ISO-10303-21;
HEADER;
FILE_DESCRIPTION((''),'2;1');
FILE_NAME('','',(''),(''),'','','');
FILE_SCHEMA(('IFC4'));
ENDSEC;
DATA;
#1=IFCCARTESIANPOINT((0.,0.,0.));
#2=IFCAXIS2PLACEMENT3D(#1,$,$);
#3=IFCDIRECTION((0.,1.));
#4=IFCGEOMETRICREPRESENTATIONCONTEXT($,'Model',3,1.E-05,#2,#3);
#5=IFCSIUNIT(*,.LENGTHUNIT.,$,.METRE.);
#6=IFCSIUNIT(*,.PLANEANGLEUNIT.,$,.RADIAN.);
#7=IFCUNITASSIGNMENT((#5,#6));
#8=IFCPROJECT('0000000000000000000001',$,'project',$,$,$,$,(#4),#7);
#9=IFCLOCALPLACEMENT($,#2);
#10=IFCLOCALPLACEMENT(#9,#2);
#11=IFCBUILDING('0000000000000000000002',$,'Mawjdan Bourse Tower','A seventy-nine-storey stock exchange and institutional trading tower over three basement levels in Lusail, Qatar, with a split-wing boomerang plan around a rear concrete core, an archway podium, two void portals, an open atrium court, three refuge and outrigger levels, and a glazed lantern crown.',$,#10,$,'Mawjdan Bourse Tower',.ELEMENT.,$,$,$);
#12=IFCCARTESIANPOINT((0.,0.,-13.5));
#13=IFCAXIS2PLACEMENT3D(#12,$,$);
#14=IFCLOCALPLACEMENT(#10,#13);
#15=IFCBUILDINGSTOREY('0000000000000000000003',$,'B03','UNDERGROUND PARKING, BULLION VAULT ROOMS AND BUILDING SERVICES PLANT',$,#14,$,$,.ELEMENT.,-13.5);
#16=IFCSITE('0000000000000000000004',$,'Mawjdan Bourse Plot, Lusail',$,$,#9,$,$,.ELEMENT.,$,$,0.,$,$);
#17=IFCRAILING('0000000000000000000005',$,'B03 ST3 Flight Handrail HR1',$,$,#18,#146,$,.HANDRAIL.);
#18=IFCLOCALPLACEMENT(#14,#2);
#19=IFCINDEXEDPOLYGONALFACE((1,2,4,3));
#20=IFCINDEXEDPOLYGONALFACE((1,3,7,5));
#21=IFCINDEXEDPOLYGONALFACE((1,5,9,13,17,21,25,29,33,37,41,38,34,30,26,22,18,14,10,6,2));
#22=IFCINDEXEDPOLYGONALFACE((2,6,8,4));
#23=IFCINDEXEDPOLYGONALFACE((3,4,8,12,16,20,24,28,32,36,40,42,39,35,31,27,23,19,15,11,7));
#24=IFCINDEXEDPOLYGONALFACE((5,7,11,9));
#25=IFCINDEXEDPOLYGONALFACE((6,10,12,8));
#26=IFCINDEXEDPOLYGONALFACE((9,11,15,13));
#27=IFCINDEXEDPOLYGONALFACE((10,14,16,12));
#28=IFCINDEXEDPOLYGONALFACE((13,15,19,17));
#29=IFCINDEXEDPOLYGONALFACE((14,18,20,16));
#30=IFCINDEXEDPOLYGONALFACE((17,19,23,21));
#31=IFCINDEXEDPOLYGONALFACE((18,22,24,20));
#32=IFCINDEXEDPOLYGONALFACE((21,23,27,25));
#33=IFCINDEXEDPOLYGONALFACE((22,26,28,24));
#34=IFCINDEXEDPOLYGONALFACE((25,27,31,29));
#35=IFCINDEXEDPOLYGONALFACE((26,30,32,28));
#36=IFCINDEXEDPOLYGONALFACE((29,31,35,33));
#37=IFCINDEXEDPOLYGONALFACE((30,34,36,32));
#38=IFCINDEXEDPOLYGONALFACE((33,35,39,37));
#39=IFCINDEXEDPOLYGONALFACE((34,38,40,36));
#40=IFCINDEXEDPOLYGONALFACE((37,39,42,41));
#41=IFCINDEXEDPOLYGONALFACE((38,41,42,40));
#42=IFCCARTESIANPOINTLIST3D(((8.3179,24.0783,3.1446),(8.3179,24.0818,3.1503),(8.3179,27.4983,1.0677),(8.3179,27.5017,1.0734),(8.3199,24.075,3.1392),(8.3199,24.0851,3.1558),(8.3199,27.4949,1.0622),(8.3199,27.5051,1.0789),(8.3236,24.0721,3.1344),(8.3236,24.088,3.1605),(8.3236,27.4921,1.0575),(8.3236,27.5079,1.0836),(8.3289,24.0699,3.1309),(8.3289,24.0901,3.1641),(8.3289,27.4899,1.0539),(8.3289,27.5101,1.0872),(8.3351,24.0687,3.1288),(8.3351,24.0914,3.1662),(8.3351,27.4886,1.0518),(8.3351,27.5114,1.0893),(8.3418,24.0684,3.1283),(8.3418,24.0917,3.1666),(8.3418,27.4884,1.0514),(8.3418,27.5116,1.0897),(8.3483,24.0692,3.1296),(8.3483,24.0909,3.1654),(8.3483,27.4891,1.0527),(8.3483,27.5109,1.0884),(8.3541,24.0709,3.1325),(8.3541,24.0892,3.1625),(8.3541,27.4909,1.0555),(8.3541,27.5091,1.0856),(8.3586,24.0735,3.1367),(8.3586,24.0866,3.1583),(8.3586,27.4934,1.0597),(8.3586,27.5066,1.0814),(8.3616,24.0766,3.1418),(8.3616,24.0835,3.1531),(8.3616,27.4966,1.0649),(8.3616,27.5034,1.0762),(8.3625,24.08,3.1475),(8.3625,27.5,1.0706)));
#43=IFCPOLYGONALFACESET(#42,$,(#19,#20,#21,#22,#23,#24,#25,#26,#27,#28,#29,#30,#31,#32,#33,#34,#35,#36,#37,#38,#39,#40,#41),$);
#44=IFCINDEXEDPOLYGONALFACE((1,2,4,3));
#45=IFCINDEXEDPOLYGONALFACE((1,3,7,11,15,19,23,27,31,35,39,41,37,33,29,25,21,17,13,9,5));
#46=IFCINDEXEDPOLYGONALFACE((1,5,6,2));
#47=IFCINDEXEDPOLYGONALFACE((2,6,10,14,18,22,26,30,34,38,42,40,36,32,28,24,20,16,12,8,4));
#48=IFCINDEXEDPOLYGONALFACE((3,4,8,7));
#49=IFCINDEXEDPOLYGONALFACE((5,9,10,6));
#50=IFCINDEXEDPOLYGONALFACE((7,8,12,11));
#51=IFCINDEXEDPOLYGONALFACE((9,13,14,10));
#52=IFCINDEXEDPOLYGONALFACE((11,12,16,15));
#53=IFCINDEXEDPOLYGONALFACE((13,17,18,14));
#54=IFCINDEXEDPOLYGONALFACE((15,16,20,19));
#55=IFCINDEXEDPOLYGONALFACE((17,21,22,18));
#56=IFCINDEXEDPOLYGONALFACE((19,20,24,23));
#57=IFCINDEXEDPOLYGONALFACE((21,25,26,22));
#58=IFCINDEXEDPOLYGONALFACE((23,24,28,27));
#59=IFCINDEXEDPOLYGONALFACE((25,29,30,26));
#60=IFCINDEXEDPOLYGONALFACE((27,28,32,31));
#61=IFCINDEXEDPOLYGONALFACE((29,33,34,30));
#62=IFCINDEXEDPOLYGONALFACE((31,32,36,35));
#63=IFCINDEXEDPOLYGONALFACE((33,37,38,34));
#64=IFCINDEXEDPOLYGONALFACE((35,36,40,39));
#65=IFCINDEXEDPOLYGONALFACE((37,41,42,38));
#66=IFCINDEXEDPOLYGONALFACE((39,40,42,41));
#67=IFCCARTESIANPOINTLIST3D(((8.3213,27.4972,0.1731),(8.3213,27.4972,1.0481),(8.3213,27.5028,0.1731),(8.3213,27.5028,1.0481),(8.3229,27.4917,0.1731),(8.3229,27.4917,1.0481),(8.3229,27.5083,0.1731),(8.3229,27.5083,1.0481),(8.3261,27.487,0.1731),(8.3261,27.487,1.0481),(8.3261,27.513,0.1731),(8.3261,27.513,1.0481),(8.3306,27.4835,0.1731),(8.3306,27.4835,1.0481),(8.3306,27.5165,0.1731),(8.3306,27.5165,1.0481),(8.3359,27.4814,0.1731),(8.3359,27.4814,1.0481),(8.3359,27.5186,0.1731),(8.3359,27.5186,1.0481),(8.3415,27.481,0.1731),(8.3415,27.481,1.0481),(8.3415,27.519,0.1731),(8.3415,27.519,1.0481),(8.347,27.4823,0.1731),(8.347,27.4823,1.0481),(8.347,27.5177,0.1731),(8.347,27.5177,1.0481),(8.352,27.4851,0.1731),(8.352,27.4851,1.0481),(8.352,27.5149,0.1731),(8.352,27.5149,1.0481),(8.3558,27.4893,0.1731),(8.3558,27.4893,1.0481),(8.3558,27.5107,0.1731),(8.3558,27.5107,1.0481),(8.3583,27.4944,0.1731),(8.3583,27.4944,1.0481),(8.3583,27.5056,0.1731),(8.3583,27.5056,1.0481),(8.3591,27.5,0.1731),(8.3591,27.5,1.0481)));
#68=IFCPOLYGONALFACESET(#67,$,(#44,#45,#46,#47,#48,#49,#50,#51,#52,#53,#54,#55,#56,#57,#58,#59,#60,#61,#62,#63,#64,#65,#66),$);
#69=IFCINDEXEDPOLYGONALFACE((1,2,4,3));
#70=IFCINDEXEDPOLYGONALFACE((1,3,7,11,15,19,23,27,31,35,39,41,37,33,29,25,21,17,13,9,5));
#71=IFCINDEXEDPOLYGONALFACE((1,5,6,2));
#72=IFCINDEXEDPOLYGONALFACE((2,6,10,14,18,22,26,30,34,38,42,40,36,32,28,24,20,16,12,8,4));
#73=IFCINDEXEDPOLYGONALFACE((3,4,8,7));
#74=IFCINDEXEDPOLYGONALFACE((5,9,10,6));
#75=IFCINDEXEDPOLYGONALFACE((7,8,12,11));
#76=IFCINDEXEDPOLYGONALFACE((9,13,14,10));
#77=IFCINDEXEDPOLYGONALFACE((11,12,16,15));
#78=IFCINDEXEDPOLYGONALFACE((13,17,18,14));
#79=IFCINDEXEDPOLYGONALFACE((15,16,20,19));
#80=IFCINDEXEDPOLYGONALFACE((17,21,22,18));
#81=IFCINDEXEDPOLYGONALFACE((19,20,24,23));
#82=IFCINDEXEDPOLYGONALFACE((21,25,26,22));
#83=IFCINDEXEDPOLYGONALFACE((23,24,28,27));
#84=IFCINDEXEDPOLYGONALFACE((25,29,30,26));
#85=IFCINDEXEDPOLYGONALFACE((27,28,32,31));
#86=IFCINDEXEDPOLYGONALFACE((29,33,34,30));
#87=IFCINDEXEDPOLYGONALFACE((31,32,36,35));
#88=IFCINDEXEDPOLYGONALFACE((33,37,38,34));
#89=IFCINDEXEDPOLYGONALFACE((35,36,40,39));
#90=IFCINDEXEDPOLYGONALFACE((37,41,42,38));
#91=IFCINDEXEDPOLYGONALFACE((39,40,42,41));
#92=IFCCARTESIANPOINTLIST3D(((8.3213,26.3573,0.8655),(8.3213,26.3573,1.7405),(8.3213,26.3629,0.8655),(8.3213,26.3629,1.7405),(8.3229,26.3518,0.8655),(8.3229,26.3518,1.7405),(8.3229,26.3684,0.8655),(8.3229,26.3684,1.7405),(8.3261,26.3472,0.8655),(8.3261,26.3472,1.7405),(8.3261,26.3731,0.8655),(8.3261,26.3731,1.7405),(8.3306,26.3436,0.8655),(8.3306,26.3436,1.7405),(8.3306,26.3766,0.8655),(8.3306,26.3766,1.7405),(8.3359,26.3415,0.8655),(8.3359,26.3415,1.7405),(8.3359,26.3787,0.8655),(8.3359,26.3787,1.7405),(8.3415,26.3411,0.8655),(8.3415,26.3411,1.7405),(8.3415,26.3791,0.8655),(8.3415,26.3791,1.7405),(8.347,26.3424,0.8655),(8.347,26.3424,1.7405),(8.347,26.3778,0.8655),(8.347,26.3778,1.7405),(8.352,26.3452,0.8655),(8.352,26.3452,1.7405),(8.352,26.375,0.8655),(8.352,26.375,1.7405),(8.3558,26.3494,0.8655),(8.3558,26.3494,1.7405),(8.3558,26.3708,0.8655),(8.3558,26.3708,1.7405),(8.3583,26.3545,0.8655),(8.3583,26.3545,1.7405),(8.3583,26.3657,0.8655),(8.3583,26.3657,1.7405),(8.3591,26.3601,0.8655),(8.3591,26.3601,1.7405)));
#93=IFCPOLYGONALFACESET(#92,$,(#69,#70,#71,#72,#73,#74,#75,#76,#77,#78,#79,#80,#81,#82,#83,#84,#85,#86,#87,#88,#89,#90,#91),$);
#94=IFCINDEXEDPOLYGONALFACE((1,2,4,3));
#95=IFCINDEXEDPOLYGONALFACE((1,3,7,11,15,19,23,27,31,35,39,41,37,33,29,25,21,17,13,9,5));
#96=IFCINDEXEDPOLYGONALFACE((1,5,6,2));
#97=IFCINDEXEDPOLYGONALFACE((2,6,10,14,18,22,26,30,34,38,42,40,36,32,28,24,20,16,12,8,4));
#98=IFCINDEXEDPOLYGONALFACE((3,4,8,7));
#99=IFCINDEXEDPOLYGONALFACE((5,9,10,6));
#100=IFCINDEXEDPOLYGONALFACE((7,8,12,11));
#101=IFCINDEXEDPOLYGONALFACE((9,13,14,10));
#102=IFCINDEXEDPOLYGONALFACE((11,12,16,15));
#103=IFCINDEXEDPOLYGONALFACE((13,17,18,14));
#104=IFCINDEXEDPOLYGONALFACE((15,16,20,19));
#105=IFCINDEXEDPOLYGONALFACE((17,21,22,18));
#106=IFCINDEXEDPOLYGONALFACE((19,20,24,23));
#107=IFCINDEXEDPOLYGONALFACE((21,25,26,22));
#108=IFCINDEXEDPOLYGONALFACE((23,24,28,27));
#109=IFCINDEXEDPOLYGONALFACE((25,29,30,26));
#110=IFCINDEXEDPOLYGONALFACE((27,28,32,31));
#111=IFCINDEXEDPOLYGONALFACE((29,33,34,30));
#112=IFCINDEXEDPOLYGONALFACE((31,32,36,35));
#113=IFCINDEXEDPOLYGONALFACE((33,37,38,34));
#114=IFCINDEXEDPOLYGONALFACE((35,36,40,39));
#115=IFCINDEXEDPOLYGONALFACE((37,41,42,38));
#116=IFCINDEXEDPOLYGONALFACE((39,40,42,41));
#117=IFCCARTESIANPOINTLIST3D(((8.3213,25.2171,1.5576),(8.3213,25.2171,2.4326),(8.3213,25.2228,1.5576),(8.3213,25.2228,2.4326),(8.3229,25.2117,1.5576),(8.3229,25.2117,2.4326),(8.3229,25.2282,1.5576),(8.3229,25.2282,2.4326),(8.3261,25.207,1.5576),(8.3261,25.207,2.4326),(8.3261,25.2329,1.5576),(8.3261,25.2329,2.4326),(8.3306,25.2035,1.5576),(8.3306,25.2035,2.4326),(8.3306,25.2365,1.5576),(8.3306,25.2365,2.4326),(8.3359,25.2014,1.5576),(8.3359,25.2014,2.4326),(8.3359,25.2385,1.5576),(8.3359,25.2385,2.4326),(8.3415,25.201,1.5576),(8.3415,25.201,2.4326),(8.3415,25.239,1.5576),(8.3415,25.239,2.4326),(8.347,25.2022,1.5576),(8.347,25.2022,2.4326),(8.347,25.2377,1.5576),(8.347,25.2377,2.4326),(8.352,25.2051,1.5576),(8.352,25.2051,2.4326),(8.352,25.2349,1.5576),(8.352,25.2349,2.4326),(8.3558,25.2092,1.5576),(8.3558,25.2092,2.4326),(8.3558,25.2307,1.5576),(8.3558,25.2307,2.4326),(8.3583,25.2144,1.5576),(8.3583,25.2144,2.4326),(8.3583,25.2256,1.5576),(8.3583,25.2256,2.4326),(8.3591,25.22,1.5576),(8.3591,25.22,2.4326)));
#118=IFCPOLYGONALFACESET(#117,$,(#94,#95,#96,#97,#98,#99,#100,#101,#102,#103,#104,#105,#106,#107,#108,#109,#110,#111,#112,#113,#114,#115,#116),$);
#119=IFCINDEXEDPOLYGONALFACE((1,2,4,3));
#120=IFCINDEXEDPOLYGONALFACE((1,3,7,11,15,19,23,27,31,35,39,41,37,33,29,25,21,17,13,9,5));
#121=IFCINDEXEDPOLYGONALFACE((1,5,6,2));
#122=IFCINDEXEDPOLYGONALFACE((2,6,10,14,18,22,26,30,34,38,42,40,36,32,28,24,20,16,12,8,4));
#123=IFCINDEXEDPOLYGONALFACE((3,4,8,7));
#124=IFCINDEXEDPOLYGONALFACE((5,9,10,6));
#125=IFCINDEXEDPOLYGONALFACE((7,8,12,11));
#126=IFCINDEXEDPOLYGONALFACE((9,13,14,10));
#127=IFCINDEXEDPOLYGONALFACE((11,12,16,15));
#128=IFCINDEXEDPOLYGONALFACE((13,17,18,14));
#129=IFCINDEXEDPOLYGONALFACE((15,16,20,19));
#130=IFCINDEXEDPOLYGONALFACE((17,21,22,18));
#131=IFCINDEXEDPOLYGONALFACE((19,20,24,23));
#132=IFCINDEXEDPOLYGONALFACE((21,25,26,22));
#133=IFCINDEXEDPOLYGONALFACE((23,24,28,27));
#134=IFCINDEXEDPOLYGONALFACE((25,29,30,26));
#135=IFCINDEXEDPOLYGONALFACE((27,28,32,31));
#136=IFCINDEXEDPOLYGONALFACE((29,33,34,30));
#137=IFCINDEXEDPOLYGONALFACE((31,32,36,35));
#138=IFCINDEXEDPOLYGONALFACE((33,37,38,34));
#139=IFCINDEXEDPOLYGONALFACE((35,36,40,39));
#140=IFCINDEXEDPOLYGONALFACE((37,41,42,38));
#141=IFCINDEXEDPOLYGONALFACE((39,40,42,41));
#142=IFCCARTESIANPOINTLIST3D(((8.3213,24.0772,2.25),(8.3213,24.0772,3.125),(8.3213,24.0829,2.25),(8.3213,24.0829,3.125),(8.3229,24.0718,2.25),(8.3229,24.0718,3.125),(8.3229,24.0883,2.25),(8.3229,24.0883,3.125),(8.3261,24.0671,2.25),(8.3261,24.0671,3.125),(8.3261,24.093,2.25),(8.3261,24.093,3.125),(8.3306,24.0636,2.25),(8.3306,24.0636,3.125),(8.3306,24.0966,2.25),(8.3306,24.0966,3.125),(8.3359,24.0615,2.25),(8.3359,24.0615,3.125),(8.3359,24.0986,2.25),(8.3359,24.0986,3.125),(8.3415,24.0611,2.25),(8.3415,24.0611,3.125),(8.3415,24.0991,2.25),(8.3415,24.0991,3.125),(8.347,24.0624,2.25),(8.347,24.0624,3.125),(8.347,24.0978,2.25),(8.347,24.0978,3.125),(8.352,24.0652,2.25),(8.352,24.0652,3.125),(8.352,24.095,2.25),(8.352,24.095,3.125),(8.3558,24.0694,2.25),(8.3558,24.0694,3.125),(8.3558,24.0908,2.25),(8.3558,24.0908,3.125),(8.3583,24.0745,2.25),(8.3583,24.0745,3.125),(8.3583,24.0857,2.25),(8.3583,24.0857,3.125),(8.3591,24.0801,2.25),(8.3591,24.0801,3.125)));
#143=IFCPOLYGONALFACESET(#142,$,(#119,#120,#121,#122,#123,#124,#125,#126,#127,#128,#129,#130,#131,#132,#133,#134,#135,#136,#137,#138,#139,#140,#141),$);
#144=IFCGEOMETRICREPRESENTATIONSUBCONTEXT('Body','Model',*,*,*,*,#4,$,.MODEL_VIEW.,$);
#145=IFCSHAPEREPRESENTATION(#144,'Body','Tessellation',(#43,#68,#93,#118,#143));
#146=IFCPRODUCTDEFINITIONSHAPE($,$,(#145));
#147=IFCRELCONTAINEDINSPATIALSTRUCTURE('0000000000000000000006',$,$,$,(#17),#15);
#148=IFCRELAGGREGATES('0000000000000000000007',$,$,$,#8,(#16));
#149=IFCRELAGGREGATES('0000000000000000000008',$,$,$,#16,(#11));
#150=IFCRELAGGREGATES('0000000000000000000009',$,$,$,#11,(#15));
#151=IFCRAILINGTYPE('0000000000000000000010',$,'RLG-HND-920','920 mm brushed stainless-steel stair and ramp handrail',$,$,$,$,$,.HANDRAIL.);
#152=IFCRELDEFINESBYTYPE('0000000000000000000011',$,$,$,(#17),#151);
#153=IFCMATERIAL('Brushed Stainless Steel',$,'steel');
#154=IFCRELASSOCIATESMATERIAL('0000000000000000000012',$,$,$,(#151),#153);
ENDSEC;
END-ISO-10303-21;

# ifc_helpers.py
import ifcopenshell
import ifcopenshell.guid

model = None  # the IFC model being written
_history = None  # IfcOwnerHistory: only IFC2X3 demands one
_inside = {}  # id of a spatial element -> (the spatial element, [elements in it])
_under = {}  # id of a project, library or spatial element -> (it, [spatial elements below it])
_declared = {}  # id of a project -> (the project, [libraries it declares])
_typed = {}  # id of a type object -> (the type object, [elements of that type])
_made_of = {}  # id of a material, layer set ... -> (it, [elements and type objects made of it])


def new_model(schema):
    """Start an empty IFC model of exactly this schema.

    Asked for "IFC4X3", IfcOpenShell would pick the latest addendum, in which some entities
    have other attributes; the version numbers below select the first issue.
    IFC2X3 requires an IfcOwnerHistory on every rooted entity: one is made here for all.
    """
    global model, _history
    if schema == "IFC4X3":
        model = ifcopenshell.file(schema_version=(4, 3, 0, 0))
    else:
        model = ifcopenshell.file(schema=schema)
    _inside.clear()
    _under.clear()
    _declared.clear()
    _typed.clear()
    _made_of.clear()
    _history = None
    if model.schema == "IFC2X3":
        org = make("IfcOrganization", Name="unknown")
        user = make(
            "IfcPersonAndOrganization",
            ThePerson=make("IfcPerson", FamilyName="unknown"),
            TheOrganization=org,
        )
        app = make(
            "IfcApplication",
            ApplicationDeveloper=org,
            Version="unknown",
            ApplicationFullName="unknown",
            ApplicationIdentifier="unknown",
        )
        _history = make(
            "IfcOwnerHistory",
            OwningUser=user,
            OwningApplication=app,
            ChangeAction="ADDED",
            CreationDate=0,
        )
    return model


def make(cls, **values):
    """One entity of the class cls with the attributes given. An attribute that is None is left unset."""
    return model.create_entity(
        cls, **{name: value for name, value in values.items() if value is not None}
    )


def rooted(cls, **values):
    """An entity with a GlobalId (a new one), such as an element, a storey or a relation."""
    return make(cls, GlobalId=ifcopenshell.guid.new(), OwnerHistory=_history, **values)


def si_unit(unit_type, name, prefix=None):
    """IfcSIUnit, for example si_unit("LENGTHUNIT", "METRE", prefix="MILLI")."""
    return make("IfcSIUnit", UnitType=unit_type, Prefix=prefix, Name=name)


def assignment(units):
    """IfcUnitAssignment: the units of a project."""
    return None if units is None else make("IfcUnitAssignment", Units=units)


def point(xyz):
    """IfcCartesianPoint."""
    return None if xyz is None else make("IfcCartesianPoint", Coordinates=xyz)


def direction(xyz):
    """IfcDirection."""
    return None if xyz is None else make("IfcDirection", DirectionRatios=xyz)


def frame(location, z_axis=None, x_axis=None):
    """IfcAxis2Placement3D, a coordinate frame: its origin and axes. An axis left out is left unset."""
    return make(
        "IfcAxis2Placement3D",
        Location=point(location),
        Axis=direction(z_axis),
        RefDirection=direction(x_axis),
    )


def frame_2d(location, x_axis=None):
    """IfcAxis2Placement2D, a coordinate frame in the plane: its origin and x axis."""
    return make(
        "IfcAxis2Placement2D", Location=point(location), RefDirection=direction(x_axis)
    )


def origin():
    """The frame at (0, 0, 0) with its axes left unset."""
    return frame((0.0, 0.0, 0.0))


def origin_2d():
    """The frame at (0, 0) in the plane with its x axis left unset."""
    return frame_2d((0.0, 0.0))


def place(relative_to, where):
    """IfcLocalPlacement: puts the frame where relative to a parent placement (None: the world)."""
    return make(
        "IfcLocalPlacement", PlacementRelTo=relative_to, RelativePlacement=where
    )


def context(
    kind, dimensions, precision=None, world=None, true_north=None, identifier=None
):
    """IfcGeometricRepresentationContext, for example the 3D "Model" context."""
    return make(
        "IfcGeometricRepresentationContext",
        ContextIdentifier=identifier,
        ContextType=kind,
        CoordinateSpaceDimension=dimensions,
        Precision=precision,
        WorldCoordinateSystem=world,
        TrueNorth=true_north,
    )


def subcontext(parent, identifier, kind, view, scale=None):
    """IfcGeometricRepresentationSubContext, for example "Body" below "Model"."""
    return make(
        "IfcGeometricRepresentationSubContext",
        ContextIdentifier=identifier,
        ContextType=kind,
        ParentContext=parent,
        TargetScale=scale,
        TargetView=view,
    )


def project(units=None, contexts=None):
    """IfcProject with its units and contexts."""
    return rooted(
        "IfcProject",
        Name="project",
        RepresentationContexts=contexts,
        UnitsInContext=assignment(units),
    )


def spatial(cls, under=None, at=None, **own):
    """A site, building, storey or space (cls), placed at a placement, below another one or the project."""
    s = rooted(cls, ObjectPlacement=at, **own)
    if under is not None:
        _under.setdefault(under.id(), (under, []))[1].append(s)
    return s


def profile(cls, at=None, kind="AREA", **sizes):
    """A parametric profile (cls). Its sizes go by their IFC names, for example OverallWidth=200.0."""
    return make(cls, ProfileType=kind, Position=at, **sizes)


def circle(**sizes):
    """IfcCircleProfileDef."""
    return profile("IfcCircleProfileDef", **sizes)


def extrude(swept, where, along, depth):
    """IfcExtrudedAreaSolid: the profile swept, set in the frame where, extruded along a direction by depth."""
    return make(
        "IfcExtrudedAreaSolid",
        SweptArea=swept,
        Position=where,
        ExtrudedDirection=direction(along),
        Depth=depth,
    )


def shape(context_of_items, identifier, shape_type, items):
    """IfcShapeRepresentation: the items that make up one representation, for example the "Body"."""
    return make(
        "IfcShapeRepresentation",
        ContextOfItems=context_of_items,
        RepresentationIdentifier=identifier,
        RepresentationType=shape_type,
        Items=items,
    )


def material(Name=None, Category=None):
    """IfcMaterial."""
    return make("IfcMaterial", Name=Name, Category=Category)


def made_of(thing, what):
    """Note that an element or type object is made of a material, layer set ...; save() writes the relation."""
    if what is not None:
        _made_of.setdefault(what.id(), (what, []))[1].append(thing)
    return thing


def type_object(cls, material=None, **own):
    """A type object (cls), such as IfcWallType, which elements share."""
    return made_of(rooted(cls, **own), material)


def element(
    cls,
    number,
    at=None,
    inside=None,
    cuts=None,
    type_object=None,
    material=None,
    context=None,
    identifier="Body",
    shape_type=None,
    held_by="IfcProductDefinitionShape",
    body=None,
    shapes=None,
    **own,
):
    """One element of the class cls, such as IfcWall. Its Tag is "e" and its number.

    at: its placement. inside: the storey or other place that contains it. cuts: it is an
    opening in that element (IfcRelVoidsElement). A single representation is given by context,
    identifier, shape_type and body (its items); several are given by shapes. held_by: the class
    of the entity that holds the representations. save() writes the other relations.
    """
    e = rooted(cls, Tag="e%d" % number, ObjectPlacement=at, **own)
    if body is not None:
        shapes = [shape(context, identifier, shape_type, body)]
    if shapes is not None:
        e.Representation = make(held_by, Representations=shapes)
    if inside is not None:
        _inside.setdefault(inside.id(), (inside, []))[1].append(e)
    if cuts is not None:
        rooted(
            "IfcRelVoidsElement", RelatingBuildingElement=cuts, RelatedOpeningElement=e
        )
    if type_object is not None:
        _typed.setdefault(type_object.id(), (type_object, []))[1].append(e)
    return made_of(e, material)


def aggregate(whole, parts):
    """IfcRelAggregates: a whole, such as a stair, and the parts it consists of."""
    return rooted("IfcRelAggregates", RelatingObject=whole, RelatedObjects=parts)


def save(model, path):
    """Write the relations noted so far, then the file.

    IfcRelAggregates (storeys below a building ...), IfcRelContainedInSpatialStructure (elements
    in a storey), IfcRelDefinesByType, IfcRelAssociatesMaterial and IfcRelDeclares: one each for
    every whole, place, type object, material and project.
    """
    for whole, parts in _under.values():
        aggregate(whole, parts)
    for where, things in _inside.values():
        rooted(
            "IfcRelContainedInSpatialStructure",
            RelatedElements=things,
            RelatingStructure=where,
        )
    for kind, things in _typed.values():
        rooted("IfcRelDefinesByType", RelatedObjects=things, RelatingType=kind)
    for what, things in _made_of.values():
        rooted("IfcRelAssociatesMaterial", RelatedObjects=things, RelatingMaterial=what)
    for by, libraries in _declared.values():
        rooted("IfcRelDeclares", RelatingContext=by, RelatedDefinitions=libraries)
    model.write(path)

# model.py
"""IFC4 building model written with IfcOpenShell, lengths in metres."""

from ifc_helpers import new_model, si_unit, direction, frame, origin, origin_2d, place, context, subcontext, project, spatial, circle, extrude, material, type_object, element, save


model = new_model("IFC4")

# Units and contexts
model_context = context("Model", 3, precision=1e-05, world=origin(), true_north=direction((0.0, 1.0)))
body_context = subcontext(model_context, "Body", "Model", "MODEL_VIEW")
ifc_project = project(units=[si_unit("LENGTHUNIT", "METRE"), si_unit("PLANEANGLEUNIT", "RADIAN")], contexts=[model_context])

# Site, building, storey
site_placement = place(None, origin())
site = spatial("IfcSite", under=ifc_project, at=site_placement, Name="Mawjdan Bourse Plot, Lusail", CompositionType="ELEMENT", RefElevation=0.0)
building_placement = place(site_placement, origin())
building = spatial("IfcBuilding", under=site, at=building_placement, Name="Mawjdan Bourse Tower", Description="A seventy-nine-storey stock exchange and institutional trading tower over three basement levels in Lusail, Qatar, with a split-wing boomerang plan around a rear concrete core, an archway podium, two void portals, an open atrium court, three refuge and outrigger levels, and a glazed lantern crown.", LongName="Mawjdan Bourse Tower", CompositionType="ELEMENT")
storey_placement = place(building_placement, frame((0.0, 0.0, -13.5)))
storey = spatial("IfcBuildingStorey", under=building, at=storey_placement, Name="B03", Description="UNDERGROUND PARKING, BULLION VAULT ROOMS AND BUILDING SERVICES PLANT", CompositionType="ELEMENT", Elevation=-13.5)

# Railing
ifc_material_1 = material(Name="Brushed Stainless Steel", Category="steel")
railing_type_1 = type_object("IfcRailingType", Name="RLG-HND-920", Description="920 mm brushed stainless-steel stair and ramp handrail", PredefinedType="HANDRAIL", material=ifc_material_1)
railing_1_placement = place(storey_placement, frame((8.3401, 27.5, 0.1731)))
element("IfcRailing", 1, at=railing_1_placement, inside=storey, type_object=railing_type_1, Name="B03 ST3 Flight Handrail HR1", PredefinedType="HANDRAIL", context=body_context, shape_type="SweptSolid", body=[
    extrude(circle(Radius=0.0225, at=origin_2d()), frame((0.0, 0.0, 0.8975), z_axis=(0.0, -0.85473, 0.519074), x_axis=(1.0, 0.0, 0.0)), (0.0, 0.0, 1.0), 4.0012),
    extrude(circle(Radius=0.019, at=origin_2d()), origin(), (0.0, 0.0, 1.0), 0.875),
    extrude(circle(Radius=0.019, at=origin_2d()), frame((0.0, -1.1399, 0.6924)), (0.0, 0.0, 1.0), 0.875),
    extrude(circle(Radius=0.019, at=origin_2d()), frame((0.0, -2.28, 1.3845)), (0.0, 0.0, 1.0), 0.875),
    extrude(circle(Radius=0.019, at=origin_2d()), frame((0.0, -3.4199, 2.0769)), (0.0, 0.0, 1.0), 0.875),
])

save(model, "model.ifc")
